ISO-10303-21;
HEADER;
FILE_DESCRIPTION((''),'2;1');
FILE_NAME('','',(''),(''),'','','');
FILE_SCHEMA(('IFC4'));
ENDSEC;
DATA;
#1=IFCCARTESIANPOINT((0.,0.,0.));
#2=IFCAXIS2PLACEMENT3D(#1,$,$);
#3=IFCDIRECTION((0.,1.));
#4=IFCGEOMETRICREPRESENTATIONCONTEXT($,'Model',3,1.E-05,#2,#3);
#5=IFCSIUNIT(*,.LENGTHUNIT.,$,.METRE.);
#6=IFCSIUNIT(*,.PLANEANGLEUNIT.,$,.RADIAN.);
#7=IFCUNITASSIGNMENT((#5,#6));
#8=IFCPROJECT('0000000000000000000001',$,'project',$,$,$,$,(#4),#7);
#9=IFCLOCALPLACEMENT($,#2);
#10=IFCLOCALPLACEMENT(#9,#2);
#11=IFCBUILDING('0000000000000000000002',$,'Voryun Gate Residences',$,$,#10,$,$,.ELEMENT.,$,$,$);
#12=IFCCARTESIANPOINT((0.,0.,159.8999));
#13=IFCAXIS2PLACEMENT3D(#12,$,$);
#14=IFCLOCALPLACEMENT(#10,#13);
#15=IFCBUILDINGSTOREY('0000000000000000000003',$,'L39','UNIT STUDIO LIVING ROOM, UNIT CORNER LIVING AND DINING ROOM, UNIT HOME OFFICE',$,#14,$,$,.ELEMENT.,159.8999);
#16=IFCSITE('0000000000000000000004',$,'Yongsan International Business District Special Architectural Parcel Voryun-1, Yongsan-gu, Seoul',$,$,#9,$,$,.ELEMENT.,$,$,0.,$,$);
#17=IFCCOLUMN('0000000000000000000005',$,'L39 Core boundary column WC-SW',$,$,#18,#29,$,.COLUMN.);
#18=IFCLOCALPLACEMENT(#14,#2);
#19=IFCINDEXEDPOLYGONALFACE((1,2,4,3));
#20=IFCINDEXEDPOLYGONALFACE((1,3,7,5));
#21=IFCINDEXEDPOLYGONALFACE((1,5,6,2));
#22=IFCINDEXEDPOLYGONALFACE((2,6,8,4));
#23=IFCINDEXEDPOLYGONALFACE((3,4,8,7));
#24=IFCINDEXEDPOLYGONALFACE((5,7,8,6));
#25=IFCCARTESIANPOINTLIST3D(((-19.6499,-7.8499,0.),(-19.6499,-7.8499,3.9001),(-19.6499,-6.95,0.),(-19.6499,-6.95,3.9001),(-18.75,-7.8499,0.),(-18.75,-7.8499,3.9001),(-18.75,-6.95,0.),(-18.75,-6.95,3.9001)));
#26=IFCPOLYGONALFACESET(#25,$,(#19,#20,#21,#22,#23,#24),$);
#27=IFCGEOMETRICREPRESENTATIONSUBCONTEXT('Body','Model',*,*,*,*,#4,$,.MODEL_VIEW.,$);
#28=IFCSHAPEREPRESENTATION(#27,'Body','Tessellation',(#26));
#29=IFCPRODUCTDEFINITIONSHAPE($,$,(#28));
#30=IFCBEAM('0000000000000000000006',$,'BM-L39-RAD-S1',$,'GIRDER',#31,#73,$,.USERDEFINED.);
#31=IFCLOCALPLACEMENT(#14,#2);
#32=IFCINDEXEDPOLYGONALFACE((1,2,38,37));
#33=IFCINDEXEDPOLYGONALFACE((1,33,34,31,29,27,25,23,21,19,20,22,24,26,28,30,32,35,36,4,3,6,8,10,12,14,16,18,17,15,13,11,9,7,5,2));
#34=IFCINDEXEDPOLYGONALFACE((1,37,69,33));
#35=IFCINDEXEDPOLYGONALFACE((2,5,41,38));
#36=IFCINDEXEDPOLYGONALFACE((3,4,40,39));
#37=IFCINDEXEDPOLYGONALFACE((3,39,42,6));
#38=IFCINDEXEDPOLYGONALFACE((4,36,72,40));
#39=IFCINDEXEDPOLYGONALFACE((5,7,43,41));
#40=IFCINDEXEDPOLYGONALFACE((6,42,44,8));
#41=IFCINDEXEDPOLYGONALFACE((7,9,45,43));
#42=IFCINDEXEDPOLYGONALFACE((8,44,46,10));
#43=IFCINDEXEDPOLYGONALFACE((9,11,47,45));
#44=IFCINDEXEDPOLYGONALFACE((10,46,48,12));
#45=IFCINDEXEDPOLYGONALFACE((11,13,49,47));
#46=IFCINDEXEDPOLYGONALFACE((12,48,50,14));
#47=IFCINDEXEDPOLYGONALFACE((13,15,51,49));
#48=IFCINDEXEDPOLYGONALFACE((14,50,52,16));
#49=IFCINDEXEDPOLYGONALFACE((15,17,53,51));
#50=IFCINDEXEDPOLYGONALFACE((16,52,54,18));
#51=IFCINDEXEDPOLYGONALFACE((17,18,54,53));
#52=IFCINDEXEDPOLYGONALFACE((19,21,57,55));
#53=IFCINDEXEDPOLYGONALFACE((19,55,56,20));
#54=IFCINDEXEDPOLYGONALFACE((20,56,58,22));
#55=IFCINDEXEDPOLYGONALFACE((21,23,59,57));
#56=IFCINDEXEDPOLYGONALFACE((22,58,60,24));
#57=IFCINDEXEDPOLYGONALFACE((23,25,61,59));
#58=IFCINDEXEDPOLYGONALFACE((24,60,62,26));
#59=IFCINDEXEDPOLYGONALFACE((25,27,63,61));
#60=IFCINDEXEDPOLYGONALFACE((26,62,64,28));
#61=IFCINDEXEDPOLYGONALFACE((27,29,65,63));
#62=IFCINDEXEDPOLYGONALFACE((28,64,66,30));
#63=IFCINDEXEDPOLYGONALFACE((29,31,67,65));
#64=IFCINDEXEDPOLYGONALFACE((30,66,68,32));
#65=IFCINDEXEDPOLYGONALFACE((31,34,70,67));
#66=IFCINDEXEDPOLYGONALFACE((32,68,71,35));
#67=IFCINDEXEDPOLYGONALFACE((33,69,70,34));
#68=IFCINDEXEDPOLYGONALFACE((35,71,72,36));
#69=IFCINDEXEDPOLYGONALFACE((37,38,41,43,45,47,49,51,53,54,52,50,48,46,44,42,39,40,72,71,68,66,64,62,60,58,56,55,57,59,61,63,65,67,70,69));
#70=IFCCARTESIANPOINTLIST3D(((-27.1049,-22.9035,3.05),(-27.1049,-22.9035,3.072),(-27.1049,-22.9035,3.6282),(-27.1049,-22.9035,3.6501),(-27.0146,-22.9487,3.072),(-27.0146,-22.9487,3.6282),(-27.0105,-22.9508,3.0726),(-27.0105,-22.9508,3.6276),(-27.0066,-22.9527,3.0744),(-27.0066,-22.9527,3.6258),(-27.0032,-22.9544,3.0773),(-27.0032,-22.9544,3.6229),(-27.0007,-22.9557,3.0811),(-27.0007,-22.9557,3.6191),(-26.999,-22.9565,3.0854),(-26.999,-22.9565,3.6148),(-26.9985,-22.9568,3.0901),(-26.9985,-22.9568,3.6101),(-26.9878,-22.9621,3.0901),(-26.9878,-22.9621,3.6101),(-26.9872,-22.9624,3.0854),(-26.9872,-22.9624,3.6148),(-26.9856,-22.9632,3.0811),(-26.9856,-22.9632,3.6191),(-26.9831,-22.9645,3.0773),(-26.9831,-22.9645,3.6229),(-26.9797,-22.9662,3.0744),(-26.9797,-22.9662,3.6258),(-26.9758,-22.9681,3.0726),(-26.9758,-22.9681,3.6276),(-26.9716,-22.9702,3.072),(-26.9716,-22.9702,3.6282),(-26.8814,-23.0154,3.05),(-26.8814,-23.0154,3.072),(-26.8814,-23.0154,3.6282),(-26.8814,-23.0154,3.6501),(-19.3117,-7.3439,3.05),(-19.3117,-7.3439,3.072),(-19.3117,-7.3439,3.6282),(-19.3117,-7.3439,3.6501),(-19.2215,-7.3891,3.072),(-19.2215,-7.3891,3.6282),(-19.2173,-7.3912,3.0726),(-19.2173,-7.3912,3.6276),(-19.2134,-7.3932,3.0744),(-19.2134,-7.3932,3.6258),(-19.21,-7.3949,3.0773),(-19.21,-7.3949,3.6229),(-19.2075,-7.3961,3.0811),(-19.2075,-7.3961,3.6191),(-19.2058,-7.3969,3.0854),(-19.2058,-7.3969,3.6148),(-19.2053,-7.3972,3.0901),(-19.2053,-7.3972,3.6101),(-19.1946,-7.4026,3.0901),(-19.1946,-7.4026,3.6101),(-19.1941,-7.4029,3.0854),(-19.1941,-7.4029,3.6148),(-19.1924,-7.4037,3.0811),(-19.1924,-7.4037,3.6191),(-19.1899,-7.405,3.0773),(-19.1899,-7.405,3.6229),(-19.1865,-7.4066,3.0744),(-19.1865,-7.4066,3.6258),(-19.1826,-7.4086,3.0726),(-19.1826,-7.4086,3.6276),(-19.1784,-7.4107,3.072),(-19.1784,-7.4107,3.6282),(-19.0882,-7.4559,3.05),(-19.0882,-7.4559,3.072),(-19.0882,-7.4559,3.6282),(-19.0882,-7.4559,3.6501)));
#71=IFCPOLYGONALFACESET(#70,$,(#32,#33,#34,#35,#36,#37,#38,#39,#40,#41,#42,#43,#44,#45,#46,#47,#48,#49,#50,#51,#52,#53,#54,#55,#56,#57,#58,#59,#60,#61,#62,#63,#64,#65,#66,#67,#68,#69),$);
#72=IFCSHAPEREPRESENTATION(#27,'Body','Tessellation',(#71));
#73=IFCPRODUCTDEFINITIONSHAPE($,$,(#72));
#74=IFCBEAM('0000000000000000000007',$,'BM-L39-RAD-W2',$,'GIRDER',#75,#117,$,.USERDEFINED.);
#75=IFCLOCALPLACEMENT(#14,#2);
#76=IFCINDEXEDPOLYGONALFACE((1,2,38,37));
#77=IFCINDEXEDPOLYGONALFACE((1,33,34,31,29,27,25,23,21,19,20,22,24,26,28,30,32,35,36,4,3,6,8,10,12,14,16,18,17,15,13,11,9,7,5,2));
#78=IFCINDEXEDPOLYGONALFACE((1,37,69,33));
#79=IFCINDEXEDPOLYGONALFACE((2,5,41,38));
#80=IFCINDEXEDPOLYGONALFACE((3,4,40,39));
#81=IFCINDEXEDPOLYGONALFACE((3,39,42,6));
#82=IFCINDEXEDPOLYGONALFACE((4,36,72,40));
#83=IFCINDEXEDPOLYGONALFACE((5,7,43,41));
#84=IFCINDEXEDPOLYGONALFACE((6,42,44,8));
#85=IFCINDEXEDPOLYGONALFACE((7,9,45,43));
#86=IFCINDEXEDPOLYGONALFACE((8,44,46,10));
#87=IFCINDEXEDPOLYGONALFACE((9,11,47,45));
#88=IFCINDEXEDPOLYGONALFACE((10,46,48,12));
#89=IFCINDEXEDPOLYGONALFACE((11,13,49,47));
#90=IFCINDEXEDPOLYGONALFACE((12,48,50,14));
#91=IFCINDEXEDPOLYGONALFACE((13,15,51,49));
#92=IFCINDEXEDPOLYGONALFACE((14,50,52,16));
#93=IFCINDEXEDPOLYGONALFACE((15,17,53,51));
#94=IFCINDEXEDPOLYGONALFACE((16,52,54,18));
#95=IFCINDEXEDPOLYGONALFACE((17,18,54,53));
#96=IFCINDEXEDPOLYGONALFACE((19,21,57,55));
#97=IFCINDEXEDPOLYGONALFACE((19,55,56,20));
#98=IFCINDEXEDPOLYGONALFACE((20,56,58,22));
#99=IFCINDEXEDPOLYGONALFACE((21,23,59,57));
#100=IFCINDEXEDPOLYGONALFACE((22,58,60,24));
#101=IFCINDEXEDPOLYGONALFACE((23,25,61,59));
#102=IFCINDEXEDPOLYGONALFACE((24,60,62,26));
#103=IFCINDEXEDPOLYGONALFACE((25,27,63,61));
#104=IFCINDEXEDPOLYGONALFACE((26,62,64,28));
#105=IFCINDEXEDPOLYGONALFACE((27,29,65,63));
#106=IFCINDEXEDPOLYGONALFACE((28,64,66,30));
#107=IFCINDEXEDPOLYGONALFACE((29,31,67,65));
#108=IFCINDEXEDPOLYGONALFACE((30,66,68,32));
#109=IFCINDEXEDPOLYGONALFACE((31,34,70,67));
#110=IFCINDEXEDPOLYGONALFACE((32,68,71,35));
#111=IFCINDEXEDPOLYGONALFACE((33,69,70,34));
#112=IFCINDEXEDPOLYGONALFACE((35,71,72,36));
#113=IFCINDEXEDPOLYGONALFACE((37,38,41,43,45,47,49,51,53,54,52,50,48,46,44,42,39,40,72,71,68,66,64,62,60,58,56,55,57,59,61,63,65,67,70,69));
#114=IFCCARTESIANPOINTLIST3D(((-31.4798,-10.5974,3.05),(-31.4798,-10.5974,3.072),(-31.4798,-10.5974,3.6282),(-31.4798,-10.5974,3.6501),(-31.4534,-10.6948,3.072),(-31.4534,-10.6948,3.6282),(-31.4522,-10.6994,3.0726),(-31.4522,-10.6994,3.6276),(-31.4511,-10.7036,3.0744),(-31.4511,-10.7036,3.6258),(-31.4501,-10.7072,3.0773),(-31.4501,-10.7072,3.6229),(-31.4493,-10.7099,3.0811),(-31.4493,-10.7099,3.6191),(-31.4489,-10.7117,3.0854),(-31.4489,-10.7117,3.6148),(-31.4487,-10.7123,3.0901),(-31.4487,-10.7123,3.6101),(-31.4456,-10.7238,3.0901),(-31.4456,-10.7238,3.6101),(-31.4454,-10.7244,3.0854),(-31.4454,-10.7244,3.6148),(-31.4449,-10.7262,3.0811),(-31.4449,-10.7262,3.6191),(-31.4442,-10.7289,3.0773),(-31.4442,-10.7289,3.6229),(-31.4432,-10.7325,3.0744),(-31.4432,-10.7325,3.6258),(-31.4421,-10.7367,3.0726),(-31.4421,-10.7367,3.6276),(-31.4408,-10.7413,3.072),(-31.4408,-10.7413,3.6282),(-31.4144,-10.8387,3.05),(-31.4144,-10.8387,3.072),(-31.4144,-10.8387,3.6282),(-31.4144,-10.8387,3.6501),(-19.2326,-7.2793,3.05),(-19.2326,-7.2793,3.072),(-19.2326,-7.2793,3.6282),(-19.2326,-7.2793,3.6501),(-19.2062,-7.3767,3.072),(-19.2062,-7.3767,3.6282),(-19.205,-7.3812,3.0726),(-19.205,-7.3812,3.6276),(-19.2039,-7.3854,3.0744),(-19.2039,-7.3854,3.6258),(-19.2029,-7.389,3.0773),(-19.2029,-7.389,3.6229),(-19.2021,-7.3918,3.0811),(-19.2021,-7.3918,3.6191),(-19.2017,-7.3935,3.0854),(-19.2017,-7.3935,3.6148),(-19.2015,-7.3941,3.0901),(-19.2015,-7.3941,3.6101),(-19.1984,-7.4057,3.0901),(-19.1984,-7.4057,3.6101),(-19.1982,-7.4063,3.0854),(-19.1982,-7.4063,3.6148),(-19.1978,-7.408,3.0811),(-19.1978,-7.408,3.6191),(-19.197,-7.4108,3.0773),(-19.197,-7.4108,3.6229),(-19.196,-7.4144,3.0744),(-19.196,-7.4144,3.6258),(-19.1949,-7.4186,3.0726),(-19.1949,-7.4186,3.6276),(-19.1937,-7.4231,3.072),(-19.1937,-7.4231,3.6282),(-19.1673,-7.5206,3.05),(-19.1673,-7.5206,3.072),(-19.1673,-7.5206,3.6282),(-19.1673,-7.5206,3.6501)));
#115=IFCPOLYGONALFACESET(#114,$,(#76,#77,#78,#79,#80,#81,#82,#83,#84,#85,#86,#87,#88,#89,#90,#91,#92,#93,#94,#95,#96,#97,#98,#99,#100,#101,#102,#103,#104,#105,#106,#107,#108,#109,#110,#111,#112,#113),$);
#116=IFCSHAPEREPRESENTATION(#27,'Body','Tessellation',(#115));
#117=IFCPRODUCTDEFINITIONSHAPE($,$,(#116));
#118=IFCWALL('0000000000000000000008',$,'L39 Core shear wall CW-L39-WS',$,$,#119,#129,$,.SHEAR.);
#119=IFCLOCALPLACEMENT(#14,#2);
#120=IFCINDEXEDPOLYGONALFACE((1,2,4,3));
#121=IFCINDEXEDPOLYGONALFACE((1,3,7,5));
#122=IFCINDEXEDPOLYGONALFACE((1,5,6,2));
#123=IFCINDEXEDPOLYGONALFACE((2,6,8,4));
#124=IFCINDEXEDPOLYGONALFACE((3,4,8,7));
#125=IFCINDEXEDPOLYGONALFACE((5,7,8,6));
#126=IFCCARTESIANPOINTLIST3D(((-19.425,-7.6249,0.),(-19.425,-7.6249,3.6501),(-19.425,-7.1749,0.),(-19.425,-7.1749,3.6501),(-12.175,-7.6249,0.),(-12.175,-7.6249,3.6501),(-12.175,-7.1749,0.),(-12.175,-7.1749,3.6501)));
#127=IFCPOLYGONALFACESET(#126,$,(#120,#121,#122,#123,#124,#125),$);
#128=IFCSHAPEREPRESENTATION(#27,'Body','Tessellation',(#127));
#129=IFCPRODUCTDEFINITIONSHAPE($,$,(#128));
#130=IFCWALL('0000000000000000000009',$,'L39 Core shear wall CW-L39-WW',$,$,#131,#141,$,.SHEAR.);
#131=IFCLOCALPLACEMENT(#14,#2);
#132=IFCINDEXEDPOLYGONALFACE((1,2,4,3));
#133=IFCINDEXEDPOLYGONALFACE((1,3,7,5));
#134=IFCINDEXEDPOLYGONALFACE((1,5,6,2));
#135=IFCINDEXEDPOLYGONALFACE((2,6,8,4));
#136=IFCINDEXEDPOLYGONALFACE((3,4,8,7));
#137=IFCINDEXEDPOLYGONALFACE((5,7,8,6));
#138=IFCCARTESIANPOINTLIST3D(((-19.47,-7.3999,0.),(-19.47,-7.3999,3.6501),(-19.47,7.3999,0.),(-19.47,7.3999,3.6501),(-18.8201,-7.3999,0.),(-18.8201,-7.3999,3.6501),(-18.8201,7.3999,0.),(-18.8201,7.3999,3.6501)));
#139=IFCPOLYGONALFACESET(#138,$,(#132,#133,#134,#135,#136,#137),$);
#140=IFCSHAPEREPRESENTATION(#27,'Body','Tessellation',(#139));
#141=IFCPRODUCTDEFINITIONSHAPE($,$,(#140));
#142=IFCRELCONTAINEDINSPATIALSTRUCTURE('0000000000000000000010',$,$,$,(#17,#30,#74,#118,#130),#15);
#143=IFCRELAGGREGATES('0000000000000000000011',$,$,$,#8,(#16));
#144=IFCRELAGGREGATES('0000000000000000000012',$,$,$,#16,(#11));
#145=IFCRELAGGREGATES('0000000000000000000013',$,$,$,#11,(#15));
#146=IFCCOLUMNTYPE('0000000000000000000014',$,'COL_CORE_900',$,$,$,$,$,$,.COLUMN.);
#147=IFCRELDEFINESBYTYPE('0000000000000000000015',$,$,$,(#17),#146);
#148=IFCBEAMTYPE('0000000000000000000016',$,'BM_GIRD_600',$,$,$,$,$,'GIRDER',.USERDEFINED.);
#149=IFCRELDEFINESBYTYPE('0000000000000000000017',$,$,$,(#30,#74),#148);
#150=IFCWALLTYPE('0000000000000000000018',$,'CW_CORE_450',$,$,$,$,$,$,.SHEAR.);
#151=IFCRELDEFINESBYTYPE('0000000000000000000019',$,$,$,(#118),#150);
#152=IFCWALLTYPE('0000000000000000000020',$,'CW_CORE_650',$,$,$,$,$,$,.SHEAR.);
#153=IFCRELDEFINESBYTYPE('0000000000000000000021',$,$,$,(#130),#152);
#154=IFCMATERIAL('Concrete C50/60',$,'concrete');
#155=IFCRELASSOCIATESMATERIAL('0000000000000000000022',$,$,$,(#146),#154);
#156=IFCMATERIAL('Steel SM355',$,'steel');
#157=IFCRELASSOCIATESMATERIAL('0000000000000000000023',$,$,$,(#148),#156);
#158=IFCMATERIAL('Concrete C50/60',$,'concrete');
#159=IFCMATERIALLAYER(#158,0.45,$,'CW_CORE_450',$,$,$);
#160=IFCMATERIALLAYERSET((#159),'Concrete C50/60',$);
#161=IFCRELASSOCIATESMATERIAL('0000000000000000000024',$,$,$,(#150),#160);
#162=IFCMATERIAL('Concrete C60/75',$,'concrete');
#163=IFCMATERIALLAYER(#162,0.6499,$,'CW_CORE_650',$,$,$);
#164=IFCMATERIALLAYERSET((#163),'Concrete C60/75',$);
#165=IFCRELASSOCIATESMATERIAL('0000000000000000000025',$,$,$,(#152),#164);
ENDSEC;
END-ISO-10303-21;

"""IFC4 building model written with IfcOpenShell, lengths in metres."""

from ifc_helpers import new_model, si_unit, direction, frame, frame_2d, origin, origin_2d, place, context, subcontext, project, spatial, rectangle, i_section, extrude, material, layer, layer_set, material_profile, profile_set, type_object, element, save


model = new_model("IFC4")

# Units and contexts
model_context = context("Model", 3, precision=1e-05, world=origin(), true_north=direction((0.0, 1.0)))
body_context = subcontext(model_context, "Body", "Model", "MODEL_VIEW")
ifc_project = project(units=[si_unit("LENGTHUNIT", "METRE"), si_unit("PLANEANGLEUNIT", "RADIAN")], contexts=[model_context])

# Site, building, storey
site_placement = place(None, origin())
site = spatial("IfcSite", under=ifc_project, at=site_placement, Name="Yongsan International Business District Special Architectural Parcel Voryun-1, Yongsan-gu, Seoul", CompositionType="ELEMENT", RefElevation=0.0)
building_placement = place(site_placement, origin())
building = spatial("IfcBuilding", under=site, at=building_placement, Name="Voryun Gate Residences", CompositionType="ELEMENT")
storey_placement = place(building_placement, frame((0.0, 0.0, 159.8999)))
storey = spatial("IfcBuildingStorey", under=building, at=storey_placement, Name="L39", Description="UNIT STUDIO LIVING ROOM, UNIT CORNER LIVING AND DINING ROOM, UNIT HOME OFFICE", CompositionType="ELEMENT", Elevation=159.8999)

# Column
ifc_material_1 = material(Name="Concrete C50/60", Category="concrete")
ifc_material_profile_1 = material_profile(ifc_material_1, rectangle(XDim=0.8999, YDim=0.8999, at=origin_2d()), Name="RC-900x900")
ifc_profile_set_1 = profile_set([ifc_material_profile_1], Name="Concrete C50/60")
column_type = type_object("IfcColumnType", Name="COL_CORE_900", PredefinedType="COLUMN", material=ifc_profile_set_1)
column_placement = place(storey_placement, frame((-19.2, -7.3999, 0.0), z_axis=(0.0, 0.0, 1.0), x_axis=(1.0, 0.0, 0.0)))
element("IfcColumn", 1, at=column_placement, inside=storey, type_object=column_type, Name="L39 Core boundary column WC-SW", PredefinedType="COLUMN", context=body_context, shape_type="SweptSolid", body=[
    extrude(rectangle(XDim=0.8999, YDim=0.8999, at=origin_2d()), origin(), (0.0, 0.0, 1.0), 3.9001),
])

# Beams
ifc_material_2 = material(Name="Steel SM355", Category="steel")
ifc_material_profile_2 = material_profile(ifc_material_2, i_section(OverallWidth=0.25, OverallDepth=0.6001, WebThickness=0.012, FlangeThickness=0.022, FilletRadius=0.0181, at=origin_2d()), Name="H-600x250x12x22")
ifc_profile_set_2 = profile_set([ifc_material_profile_2], Name="Steel SM355")
beam_type = type_object("IfcBeamType", Name="BM_GIRD_600", ElementType="GIRDER", PredefinedType="USERDEFINED", material=ifc_profile_set_2)
beam_1_placement = place(storey_placement, frame((-19.2, -7.3999, 3.3501), z_axis=(-0.447831, -0.894118, 0.0), x_axis=(0.894118, -0.447831, 0.0)))
element("IfcBeam", 2, at=beam_1_placement, inside=storey, type_object=beam_type, Name="BM-L39-RAD-S1", ObjectType="GIRDER", PredefinedType="USERDEFINED", context=body_context, shape_type="SweptSolid", body=[
    extrude(i_section(OverallWidth=0.25, OverallDepth=0.6001, WebThickness=0.012, FlangeThickness=0.022, FilletRadius=0.0181, at=origin_2d()), origin(), (0.0, 0.0, 1.0), 17.4021),
])
beam_2_placement = place(storey_placement, frame((-19.2, -7.3999, 3.3501), z_axis=(-0.965202, -0.261504, 0.0), x_axis=(0.261504, -0.965202, 0.0)))
element("IfcBeam", 3, at=beam_2_placement, inside=storey, type_object=beam_type, Name="BM-L39-RAD-W2", ObjectType="GIRDER", PredefinedType="USERDEFINED", context=body_context, shape_type="SweptSolid", body=[
    extrude(i_section(OverallWidth=0.25, OverallDepth=0.6001, WebThickness=0.012, FlangeThickness=0.022, FilletRadius=0.0181, at=origin_2d()), origin(), (0.0, 0.0, 1.0), 12.6887),
])

# Walls
ifc_material_3 = material(Name="Concrete C50/60", Category="concrete")
ifc_layer_1 = layer(ifc_material_3, 0.45, Name="CW_CORE_450")
ifc_layer_set_1 = layer_set([ifc_layer_1], Name="Concrete C50/60")
wall_type_1 = type_object("IfcWallType", Name="CW_CORE_450", PredefinedType="SHEAR", material=ifc_layer_set_1)
wall_1_placement = place(storey_placement, frame((-19.425, -7.3999, 0.0), z_axis=(0.0, 0.0, 1.0), x_axis=(1.0, 0.0, 0.0)))
element("IfcWall", 4, at=wall_1_placement, inside=storey, type_object=wall_type_1, Name="L39 Core shear wall CW-L39-WS", PredefinedType="SHEAR", context=body_context, shape_type="SweptSolid", body=[
    extrude(rectangle(XDim=7.25, YDim=0.45, at=frame_2d((3.625, 0.0))), origin(), (0.0, 0.0, 1.0), 3.6501),
])
ifc_material_4 = material(Name="Concrete C60/75", Category="concrete")
ifc_layer_2 = layer(ifc_material_4, 0.6499, Name="CW_CORE_650")
ifc_layer_set_2 = layer_set([ifc_layer_2], Name="Concrete C60/75")
wall_type_2 = type_object("IfcWallType", Name="CW_CORE_650", PredefinedType="SHEAR", material=ifc_layer_set_2)
wall_2_placement = place(storey_placement, frame((-19.145, -7.3999, 0.0), z_axis=(0.0, 0.0, 1.0), x_axis=(0.0, 1.0, 0.0)))
element("IfcWall", 5, at=wall_2_placement, inside=storey, type_object=wall_type_2, Name="L39 Core shear wall CW-L39-WW", PredefinedType="SHEAR", context=body_context, shape_type="SweptSolid", body=[
    extrude(rectangle(XDim=14.7998, YDim=0.6499, at=frame_2d((7.3999, 0.0))), origin(), (0.0, 0.0, 1.0), 3.6501),
])

save(model, "model.ifc")
